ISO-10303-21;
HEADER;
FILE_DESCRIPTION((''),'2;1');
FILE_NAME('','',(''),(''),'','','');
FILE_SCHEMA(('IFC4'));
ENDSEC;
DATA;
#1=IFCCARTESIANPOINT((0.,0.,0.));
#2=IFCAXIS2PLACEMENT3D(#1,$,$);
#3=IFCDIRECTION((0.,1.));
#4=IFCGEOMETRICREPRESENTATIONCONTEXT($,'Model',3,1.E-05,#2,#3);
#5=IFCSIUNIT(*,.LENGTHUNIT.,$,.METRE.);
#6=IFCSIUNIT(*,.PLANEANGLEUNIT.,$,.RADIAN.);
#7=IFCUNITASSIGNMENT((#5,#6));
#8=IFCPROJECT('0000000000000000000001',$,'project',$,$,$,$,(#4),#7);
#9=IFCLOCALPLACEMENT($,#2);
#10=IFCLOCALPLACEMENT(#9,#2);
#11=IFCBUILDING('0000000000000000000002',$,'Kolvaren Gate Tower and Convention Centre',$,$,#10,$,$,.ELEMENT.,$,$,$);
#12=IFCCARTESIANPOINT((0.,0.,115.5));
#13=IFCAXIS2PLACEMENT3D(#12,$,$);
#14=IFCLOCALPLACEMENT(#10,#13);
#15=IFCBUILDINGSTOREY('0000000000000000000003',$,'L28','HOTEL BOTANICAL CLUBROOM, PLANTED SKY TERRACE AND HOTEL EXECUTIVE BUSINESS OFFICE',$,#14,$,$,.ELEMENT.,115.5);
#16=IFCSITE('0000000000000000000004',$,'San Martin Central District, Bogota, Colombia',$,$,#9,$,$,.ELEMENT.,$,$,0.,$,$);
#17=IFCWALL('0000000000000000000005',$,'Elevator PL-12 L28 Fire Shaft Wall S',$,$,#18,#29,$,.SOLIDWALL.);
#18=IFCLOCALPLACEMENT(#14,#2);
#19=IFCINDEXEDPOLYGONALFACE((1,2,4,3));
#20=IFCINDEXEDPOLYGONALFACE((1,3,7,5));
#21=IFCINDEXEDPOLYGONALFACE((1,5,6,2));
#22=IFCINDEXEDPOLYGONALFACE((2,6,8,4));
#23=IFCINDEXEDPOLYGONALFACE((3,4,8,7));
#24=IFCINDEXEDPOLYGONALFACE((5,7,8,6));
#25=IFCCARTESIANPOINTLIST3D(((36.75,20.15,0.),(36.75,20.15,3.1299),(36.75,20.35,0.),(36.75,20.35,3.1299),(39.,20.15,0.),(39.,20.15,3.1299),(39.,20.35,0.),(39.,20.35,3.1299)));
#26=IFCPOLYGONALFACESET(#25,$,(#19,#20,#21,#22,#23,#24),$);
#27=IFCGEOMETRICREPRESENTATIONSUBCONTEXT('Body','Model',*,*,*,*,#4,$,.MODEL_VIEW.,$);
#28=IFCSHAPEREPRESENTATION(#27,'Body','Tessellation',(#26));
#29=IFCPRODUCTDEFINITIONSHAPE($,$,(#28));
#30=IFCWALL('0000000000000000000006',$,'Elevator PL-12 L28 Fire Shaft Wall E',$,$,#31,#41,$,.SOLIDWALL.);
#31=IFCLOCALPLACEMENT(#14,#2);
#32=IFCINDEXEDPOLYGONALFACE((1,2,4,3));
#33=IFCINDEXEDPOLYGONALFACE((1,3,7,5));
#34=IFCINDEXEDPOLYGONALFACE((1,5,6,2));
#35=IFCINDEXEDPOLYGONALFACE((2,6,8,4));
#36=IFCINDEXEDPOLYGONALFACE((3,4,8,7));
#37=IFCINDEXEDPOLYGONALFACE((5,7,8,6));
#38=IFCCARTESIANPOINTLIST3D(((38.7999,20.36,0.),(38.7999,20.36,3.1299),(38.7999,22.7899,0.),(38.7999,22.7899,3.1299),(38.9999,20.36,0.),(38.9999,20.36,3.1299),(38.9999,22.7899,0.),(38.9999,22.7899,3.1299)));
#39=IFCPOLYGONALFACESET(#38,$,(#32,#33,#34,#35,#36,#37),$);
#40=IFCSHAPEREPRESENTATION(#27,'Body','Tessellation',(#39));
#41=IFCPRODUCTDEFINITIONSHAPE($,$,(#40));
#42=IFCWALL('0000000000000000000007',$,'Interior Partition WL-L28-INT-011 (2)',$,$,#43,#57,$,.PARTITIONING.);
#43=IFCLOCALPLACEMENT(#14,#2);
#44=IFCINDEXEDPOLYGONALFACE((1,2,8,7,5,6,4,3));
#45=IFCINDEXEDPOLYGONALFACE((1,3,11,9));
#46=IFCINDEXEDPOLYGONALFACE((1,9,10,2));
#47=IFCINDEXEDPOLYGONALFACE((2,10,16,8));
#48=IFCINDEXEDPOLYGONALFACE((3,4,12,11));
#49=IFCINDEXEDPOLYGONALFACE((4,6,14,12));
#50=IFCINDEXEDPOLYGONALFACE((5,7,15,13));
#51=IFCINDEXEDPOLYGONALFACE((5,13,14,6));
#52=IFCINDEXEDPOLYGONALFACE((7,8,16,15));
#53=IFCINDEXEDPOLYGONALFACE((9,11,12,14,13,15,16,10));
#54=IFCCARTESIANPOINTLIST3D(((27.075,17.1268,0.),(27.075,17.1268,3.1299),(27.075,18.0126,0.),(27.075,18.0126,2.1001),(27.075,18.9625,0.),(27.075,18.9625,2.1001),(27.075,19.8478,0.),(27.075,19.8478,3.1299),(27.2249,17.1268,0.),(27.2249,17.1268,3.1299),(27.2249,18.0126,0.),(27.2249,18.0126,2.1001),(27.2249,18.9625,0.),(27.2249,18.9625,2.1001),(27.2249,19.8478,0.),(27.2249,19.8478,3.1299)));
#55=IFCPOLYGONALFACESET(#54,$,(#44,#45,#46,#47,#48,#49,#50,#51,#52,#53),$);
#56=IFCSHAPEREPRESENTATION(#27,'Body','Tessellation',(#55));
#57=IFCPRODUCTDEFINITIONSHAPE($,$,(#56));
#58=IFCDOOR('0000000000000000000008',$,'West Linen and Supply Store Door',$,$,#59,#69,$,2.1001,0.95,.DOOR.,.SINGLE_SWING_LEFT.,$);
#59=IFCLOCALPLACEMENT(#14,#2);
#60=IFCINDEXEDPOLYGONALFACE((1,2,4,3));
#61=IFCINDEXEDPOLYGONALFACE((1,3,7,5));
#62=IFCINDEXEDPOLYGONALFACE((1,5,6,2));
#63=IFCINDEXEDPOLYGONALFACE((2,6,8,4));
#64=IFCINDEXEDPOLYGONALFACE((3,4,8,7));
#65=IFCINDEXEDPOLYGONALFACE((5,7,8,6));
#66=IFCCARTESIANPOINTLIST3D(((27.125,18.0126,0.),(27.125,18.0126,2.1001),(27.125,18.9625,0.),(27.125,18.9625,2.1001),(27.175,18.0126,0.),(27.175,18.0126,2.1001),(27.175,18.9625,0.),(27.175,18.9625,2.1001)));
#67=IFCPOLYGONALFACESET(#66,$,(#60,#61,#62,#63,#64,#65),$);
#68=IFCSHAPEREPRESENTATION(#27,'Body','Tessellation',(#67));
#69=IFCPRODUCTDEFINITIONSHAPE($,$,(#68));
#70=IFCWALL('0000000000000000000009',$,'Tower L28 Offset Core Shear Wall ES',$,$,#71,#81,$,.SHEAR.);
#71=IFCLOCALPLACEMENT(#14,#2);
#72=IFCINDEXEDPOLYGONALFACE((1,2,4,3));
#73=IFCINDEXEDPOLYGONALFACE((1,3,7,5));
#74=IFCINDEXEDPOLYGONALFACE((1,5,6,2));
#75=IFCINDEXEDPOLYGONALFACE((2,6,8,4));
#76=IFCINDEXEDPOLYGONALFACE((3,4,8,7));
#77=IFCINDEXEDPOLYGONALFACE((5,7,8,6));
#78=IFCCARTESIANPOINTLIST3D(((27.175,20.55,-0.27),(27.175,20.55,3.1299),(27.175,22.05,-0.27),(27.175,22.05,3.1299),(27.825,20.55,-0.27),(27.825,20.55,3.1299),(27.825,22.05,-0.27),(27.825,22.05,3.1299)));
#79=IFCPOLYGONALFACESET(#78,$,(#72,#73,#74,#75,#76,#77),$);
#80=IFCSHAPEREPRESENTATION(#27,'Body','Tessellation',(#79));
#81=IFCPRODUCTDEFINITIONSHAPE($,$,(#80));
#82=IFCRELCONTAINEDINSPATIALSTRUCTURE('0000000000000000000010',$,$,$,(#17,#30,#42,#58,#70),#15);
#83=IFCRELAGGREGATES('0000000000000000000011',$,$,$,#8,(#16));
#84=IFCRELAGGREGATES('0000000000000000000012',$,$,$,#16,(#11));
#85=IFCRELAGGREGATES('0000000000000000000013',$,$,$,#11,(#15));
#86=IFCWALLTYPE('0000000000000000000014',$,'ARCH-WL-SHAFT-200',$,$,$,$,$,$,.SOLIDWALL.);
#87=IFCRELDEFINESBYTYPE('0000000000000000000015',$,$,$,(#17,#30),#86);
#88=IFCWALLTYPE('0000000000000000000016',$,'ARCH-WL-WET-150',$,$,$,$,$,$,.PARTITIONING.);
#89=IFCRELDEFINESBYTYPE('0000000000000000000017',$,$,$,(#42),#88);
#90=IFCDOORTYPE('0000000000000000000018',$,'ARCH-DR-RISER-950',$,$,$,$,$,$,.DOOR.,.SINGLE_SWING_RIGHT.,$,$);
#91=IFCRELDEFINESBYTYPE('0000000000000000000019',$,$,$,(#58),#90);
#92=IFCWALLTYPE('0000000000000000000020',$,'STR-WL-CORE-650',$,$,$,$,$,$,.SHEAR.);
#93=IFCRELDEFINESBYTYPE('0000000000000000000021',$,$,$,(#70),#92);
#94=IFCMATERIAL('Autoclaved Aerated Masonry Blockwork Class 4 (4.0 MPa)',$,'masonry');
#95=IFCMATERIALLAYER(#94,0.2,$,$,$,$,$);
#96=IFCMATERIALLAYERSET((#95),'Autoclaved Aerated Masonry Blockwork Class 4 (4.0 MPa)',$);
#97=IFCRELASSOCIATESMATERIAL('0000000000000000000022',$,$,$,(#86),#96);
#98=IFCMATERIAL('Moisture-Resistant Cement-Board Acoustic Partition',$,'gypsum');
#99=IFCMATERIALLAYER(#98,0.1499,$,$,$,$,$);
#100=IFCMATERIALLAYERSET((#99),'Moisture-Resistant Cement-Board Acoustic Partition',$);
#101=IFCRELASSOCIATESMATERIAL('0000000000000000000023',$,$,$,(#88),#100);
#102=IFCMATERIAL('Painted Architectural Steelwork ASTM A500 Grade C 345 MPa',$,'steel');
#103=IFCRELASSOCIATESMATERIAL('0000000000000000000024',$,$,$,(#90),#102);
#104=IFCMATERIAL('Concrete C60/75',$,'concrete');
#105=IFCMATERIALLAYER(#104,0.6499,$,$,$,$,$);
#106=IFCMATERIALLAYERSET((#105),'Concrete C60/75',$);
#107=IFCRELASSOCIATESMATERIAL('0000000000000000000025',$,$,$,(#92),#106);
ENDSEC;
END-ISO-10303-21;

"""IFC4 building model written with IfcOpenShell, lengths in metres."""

from ifc_helpers import new_model, si_unit, direction, frame, frame_2d, origin, place, context, subcontext, project, spatial, rectangle, extrude, material, layer, layer_set, type_object, element, fill, save


model = new_model("IFC4")

# Units and contexts
model_context = context("Model", 3, precision=1e-05, world=origin(), true_north=direction((0.0, 1.0)))
body_context = subcontext(model_context, "Body", "Model", "MODEL_VIEW")
ifc_project = project(units=[si_unit("LENGTHUNIT", "METRE"), si_unit("PLANEANGLEUNIT", "RADIAN")], contexts=[model_context])

# Site, building, storey
site_placement = place(None, origin())
site = spatial("IfcSite", under=ifc_project, at=site_placement, Name="San Martin Central District, Bogota, Colombia", CompositionType="ELEMENT", RefElevation=0.0)
building_placement = place(site_placement, origin())
building = spatial("IfcBuilding", under=site, at=building_placement, Name="Kolvaren Gate Tower and Convention Centre", CompositionType="ELEMENT")
storey_placement = place(building_placement, frame((0.0, 0.0, 115.5)))
storey = spatial("IfcBuildingStorey", under=building, at=storey_placement, Name="L28", Description="HOTEL BOTANICAL CLUBROOM, PLANTED SKY TERRACE AND HOTEL EXECUTIVE BUSINESS OFFICE", CompositionType="ELEMENT", Elevation=115.5)

# Shared definitions
ifc_material_1 = material(Name="Autoclaved Aerated Masonry Blockwork Class 4 (4.0 MPa)", Category="masonry")
ifc_layer_1 = layer(ifc_material_1, 0.2)
ifc_layer_set_1 = layer_set([ifc_layer_1], Name="Autoclaved Aerated Masonry Blockwork Class 4 (4.0 MPa)")
wall_type_1 = type_object("IfcWallType", Name="ARCH-WL-SHAFT-200", PredefinedType="SOLIDWALL", material=ifc_layer_set_1)

# Walls
wall_1_placement = place(storey_placement, frame((36.75, 20.25, 0.0), z_axis=(0.0, 0.0, 1.0), x_axis=(1.0, 0.0, 0.0)))
element("IfcWall", 1, at=wall_1_placement, inside=storey, type_object=wall_type_1, Name="Elevator PL-12 L28 Fire Shaft Wall S", PredefinedType="SOLIDWALL", context=body_context, shape_type="SweptSolid", body=[
    extrude(rectangle(XDim=2.25, YDim=0.2, at=frame_2d((1.125, 0.0))), origin(), (0.0, 0.0, 1.0), 3.1299),
])
wall_2_placement = place(storey_placement, frame((38.8999, 20.3601, 0.0), z_axis=(0.0, 0.0, 1.0), x_axis=(0.0, 1.0, 0.0)))
element("IfcWall", 2, at=wall_2_placement, inside=storey, type_object=wall_type_1, Name="Elevator PL-12 L28 Fire Shaft Wall E", PredefinedType="SOLIDWALL", context=body_context, shape_type="SweptSolid", body=[
    extrude(rectangle(XDim=2.4299, YDim=0.2, at=frame_2d((1.2148, 0.0))), origin(), (0.0, 0.0, 1.0), 3.1299),
])

# Wall, opening, door
ifc_material_2 = material(Name="Moisture-Resistant Cement-Board Acoustic Partition", Category="gypsum")
ifc_layer_2 = layer(ifc_material_2, 0.1499)
ifc_layer_set_2 = layer_set([ifc_layer_2], Name="Moisture-Resistant Cement-Board Acoustic Partition")
wall_type_2 = type_object("IfcWallType", Name="ARCH-WL-WET-150", PredefinedType="PARTITIONING", material=ifc_layer_set_2)
wall_3_placement = place(storey_placement, frame((27.1499, 17.127, 0.0), z_axis=(0.0, 0.0, 1.0), x_axis=(0.0, 1.0, 0.0)))
wall_3 = element("IfcWall", 3, at=wall_3_placement, inside=storey, type_object=wall_type_2, Name="Interior Partition WL-L28-INT-011 (2)", PredefinedType="PARTITIONING", context=body_context, shape_type="SweptSolid", body=[
    extrude(rectangle(XDim=2.7209, YDim=0.1499, at=frame_2d((1.3604, 0.0))), origin(), (0.0, 0.0, 1.0), 3.1299),
])
opening_1_placement = place(wall_3_placement, frame((0.8855, 0.0, 0.0)))
opening_1 = element("IfcOpeningElement", 4, at=opening_1_placement, cuts=wall_3, PredefinedType="OPENING", context=body_context, shape_type="SweptSolid", body=[
    extrude(rectangle(XDim=0.95, YDim=2.1001, at=frame_2d((0.4751, 1.05))), frame((0.0, 0.085, 0.0), z_axis=(0.0, -1.0, 0.0), x_axis=(1.0, 0.0, 0.0)), (0.0, 0.0, 1.0), 0.1699),
])
ifc_material_3 = material(Name="Painted Architectural Steelwork ASTM A500 Grade C 345 MPa", Category="steel")
door_type_1 = type_object("IfcDoorType", Name="ARCH-DR-RISER-950", OperationType="SINGLE_SWING_RIGHT", PredefinedType="DOOR", material=ifc_material_3)
door_1_placement = place(opening_1_placement, origin())
door_1 = element("IfcDoor", 5, at=door_1_placement, inside=storey, type_object=door_type_1, Name="West Linen and Supply Store Door", OperationType="SINGLE_SWING_LEFT", OverallHeight=2.1001, OverallWidth=0.95, PredefinedType="DOOR", context=body_context, shape_type="SweptSolid", body=[
    extrude(rectangle(XDim=0.95, YDim=2.1001, at=frame_2d((0.4751, 1.05))), frame((0.0, 0.0249, 0.0), z_axis=(0.0, -1.0, 0.0), x_axis=(1.0, 0.0, 0.0)), (0.0, 0.0, 1.0), 0.05),
])
fill(opening_1, door_1)

# Wall
ifc_material_4 = material(Name="Concrete C60/75", Category="concrete")
ifc_layer_3 = layer(ifc_material_4, 0.6499)
ifc_layer_set_3 = layer_set([ifc_layer_3], Name="Concrete C60/75")
wall_type_3 = type_object("IfcWallType", Name="STR-WL-CORE-650", PredefinedType="SHEAR", material=ifc_layer_set_3)
wall_4_placement = place(storey_placement, frame((27.5, 20.55, -0.27), z_axis=(0.0, 0.0, 1.0), x_axis=(0.0, 1.0, 0.0)))
element("IfcWall", 6, at=wall_4_placement, inside=storey, type_object=wall_type_3, Name="Tower L28 Offset Core Shear Wall ES", PredefinedType="SHEAR", context=body_context, shape_type="SweptSolid", body=[
    extrude(rectangle(XDim=1.5, YDim=0.6499, at=frame_2d((0.75, 0.0))), origin(), (0.0, 0.0, 1.0), 3.3999),
])

save(model, "model.ifc")
